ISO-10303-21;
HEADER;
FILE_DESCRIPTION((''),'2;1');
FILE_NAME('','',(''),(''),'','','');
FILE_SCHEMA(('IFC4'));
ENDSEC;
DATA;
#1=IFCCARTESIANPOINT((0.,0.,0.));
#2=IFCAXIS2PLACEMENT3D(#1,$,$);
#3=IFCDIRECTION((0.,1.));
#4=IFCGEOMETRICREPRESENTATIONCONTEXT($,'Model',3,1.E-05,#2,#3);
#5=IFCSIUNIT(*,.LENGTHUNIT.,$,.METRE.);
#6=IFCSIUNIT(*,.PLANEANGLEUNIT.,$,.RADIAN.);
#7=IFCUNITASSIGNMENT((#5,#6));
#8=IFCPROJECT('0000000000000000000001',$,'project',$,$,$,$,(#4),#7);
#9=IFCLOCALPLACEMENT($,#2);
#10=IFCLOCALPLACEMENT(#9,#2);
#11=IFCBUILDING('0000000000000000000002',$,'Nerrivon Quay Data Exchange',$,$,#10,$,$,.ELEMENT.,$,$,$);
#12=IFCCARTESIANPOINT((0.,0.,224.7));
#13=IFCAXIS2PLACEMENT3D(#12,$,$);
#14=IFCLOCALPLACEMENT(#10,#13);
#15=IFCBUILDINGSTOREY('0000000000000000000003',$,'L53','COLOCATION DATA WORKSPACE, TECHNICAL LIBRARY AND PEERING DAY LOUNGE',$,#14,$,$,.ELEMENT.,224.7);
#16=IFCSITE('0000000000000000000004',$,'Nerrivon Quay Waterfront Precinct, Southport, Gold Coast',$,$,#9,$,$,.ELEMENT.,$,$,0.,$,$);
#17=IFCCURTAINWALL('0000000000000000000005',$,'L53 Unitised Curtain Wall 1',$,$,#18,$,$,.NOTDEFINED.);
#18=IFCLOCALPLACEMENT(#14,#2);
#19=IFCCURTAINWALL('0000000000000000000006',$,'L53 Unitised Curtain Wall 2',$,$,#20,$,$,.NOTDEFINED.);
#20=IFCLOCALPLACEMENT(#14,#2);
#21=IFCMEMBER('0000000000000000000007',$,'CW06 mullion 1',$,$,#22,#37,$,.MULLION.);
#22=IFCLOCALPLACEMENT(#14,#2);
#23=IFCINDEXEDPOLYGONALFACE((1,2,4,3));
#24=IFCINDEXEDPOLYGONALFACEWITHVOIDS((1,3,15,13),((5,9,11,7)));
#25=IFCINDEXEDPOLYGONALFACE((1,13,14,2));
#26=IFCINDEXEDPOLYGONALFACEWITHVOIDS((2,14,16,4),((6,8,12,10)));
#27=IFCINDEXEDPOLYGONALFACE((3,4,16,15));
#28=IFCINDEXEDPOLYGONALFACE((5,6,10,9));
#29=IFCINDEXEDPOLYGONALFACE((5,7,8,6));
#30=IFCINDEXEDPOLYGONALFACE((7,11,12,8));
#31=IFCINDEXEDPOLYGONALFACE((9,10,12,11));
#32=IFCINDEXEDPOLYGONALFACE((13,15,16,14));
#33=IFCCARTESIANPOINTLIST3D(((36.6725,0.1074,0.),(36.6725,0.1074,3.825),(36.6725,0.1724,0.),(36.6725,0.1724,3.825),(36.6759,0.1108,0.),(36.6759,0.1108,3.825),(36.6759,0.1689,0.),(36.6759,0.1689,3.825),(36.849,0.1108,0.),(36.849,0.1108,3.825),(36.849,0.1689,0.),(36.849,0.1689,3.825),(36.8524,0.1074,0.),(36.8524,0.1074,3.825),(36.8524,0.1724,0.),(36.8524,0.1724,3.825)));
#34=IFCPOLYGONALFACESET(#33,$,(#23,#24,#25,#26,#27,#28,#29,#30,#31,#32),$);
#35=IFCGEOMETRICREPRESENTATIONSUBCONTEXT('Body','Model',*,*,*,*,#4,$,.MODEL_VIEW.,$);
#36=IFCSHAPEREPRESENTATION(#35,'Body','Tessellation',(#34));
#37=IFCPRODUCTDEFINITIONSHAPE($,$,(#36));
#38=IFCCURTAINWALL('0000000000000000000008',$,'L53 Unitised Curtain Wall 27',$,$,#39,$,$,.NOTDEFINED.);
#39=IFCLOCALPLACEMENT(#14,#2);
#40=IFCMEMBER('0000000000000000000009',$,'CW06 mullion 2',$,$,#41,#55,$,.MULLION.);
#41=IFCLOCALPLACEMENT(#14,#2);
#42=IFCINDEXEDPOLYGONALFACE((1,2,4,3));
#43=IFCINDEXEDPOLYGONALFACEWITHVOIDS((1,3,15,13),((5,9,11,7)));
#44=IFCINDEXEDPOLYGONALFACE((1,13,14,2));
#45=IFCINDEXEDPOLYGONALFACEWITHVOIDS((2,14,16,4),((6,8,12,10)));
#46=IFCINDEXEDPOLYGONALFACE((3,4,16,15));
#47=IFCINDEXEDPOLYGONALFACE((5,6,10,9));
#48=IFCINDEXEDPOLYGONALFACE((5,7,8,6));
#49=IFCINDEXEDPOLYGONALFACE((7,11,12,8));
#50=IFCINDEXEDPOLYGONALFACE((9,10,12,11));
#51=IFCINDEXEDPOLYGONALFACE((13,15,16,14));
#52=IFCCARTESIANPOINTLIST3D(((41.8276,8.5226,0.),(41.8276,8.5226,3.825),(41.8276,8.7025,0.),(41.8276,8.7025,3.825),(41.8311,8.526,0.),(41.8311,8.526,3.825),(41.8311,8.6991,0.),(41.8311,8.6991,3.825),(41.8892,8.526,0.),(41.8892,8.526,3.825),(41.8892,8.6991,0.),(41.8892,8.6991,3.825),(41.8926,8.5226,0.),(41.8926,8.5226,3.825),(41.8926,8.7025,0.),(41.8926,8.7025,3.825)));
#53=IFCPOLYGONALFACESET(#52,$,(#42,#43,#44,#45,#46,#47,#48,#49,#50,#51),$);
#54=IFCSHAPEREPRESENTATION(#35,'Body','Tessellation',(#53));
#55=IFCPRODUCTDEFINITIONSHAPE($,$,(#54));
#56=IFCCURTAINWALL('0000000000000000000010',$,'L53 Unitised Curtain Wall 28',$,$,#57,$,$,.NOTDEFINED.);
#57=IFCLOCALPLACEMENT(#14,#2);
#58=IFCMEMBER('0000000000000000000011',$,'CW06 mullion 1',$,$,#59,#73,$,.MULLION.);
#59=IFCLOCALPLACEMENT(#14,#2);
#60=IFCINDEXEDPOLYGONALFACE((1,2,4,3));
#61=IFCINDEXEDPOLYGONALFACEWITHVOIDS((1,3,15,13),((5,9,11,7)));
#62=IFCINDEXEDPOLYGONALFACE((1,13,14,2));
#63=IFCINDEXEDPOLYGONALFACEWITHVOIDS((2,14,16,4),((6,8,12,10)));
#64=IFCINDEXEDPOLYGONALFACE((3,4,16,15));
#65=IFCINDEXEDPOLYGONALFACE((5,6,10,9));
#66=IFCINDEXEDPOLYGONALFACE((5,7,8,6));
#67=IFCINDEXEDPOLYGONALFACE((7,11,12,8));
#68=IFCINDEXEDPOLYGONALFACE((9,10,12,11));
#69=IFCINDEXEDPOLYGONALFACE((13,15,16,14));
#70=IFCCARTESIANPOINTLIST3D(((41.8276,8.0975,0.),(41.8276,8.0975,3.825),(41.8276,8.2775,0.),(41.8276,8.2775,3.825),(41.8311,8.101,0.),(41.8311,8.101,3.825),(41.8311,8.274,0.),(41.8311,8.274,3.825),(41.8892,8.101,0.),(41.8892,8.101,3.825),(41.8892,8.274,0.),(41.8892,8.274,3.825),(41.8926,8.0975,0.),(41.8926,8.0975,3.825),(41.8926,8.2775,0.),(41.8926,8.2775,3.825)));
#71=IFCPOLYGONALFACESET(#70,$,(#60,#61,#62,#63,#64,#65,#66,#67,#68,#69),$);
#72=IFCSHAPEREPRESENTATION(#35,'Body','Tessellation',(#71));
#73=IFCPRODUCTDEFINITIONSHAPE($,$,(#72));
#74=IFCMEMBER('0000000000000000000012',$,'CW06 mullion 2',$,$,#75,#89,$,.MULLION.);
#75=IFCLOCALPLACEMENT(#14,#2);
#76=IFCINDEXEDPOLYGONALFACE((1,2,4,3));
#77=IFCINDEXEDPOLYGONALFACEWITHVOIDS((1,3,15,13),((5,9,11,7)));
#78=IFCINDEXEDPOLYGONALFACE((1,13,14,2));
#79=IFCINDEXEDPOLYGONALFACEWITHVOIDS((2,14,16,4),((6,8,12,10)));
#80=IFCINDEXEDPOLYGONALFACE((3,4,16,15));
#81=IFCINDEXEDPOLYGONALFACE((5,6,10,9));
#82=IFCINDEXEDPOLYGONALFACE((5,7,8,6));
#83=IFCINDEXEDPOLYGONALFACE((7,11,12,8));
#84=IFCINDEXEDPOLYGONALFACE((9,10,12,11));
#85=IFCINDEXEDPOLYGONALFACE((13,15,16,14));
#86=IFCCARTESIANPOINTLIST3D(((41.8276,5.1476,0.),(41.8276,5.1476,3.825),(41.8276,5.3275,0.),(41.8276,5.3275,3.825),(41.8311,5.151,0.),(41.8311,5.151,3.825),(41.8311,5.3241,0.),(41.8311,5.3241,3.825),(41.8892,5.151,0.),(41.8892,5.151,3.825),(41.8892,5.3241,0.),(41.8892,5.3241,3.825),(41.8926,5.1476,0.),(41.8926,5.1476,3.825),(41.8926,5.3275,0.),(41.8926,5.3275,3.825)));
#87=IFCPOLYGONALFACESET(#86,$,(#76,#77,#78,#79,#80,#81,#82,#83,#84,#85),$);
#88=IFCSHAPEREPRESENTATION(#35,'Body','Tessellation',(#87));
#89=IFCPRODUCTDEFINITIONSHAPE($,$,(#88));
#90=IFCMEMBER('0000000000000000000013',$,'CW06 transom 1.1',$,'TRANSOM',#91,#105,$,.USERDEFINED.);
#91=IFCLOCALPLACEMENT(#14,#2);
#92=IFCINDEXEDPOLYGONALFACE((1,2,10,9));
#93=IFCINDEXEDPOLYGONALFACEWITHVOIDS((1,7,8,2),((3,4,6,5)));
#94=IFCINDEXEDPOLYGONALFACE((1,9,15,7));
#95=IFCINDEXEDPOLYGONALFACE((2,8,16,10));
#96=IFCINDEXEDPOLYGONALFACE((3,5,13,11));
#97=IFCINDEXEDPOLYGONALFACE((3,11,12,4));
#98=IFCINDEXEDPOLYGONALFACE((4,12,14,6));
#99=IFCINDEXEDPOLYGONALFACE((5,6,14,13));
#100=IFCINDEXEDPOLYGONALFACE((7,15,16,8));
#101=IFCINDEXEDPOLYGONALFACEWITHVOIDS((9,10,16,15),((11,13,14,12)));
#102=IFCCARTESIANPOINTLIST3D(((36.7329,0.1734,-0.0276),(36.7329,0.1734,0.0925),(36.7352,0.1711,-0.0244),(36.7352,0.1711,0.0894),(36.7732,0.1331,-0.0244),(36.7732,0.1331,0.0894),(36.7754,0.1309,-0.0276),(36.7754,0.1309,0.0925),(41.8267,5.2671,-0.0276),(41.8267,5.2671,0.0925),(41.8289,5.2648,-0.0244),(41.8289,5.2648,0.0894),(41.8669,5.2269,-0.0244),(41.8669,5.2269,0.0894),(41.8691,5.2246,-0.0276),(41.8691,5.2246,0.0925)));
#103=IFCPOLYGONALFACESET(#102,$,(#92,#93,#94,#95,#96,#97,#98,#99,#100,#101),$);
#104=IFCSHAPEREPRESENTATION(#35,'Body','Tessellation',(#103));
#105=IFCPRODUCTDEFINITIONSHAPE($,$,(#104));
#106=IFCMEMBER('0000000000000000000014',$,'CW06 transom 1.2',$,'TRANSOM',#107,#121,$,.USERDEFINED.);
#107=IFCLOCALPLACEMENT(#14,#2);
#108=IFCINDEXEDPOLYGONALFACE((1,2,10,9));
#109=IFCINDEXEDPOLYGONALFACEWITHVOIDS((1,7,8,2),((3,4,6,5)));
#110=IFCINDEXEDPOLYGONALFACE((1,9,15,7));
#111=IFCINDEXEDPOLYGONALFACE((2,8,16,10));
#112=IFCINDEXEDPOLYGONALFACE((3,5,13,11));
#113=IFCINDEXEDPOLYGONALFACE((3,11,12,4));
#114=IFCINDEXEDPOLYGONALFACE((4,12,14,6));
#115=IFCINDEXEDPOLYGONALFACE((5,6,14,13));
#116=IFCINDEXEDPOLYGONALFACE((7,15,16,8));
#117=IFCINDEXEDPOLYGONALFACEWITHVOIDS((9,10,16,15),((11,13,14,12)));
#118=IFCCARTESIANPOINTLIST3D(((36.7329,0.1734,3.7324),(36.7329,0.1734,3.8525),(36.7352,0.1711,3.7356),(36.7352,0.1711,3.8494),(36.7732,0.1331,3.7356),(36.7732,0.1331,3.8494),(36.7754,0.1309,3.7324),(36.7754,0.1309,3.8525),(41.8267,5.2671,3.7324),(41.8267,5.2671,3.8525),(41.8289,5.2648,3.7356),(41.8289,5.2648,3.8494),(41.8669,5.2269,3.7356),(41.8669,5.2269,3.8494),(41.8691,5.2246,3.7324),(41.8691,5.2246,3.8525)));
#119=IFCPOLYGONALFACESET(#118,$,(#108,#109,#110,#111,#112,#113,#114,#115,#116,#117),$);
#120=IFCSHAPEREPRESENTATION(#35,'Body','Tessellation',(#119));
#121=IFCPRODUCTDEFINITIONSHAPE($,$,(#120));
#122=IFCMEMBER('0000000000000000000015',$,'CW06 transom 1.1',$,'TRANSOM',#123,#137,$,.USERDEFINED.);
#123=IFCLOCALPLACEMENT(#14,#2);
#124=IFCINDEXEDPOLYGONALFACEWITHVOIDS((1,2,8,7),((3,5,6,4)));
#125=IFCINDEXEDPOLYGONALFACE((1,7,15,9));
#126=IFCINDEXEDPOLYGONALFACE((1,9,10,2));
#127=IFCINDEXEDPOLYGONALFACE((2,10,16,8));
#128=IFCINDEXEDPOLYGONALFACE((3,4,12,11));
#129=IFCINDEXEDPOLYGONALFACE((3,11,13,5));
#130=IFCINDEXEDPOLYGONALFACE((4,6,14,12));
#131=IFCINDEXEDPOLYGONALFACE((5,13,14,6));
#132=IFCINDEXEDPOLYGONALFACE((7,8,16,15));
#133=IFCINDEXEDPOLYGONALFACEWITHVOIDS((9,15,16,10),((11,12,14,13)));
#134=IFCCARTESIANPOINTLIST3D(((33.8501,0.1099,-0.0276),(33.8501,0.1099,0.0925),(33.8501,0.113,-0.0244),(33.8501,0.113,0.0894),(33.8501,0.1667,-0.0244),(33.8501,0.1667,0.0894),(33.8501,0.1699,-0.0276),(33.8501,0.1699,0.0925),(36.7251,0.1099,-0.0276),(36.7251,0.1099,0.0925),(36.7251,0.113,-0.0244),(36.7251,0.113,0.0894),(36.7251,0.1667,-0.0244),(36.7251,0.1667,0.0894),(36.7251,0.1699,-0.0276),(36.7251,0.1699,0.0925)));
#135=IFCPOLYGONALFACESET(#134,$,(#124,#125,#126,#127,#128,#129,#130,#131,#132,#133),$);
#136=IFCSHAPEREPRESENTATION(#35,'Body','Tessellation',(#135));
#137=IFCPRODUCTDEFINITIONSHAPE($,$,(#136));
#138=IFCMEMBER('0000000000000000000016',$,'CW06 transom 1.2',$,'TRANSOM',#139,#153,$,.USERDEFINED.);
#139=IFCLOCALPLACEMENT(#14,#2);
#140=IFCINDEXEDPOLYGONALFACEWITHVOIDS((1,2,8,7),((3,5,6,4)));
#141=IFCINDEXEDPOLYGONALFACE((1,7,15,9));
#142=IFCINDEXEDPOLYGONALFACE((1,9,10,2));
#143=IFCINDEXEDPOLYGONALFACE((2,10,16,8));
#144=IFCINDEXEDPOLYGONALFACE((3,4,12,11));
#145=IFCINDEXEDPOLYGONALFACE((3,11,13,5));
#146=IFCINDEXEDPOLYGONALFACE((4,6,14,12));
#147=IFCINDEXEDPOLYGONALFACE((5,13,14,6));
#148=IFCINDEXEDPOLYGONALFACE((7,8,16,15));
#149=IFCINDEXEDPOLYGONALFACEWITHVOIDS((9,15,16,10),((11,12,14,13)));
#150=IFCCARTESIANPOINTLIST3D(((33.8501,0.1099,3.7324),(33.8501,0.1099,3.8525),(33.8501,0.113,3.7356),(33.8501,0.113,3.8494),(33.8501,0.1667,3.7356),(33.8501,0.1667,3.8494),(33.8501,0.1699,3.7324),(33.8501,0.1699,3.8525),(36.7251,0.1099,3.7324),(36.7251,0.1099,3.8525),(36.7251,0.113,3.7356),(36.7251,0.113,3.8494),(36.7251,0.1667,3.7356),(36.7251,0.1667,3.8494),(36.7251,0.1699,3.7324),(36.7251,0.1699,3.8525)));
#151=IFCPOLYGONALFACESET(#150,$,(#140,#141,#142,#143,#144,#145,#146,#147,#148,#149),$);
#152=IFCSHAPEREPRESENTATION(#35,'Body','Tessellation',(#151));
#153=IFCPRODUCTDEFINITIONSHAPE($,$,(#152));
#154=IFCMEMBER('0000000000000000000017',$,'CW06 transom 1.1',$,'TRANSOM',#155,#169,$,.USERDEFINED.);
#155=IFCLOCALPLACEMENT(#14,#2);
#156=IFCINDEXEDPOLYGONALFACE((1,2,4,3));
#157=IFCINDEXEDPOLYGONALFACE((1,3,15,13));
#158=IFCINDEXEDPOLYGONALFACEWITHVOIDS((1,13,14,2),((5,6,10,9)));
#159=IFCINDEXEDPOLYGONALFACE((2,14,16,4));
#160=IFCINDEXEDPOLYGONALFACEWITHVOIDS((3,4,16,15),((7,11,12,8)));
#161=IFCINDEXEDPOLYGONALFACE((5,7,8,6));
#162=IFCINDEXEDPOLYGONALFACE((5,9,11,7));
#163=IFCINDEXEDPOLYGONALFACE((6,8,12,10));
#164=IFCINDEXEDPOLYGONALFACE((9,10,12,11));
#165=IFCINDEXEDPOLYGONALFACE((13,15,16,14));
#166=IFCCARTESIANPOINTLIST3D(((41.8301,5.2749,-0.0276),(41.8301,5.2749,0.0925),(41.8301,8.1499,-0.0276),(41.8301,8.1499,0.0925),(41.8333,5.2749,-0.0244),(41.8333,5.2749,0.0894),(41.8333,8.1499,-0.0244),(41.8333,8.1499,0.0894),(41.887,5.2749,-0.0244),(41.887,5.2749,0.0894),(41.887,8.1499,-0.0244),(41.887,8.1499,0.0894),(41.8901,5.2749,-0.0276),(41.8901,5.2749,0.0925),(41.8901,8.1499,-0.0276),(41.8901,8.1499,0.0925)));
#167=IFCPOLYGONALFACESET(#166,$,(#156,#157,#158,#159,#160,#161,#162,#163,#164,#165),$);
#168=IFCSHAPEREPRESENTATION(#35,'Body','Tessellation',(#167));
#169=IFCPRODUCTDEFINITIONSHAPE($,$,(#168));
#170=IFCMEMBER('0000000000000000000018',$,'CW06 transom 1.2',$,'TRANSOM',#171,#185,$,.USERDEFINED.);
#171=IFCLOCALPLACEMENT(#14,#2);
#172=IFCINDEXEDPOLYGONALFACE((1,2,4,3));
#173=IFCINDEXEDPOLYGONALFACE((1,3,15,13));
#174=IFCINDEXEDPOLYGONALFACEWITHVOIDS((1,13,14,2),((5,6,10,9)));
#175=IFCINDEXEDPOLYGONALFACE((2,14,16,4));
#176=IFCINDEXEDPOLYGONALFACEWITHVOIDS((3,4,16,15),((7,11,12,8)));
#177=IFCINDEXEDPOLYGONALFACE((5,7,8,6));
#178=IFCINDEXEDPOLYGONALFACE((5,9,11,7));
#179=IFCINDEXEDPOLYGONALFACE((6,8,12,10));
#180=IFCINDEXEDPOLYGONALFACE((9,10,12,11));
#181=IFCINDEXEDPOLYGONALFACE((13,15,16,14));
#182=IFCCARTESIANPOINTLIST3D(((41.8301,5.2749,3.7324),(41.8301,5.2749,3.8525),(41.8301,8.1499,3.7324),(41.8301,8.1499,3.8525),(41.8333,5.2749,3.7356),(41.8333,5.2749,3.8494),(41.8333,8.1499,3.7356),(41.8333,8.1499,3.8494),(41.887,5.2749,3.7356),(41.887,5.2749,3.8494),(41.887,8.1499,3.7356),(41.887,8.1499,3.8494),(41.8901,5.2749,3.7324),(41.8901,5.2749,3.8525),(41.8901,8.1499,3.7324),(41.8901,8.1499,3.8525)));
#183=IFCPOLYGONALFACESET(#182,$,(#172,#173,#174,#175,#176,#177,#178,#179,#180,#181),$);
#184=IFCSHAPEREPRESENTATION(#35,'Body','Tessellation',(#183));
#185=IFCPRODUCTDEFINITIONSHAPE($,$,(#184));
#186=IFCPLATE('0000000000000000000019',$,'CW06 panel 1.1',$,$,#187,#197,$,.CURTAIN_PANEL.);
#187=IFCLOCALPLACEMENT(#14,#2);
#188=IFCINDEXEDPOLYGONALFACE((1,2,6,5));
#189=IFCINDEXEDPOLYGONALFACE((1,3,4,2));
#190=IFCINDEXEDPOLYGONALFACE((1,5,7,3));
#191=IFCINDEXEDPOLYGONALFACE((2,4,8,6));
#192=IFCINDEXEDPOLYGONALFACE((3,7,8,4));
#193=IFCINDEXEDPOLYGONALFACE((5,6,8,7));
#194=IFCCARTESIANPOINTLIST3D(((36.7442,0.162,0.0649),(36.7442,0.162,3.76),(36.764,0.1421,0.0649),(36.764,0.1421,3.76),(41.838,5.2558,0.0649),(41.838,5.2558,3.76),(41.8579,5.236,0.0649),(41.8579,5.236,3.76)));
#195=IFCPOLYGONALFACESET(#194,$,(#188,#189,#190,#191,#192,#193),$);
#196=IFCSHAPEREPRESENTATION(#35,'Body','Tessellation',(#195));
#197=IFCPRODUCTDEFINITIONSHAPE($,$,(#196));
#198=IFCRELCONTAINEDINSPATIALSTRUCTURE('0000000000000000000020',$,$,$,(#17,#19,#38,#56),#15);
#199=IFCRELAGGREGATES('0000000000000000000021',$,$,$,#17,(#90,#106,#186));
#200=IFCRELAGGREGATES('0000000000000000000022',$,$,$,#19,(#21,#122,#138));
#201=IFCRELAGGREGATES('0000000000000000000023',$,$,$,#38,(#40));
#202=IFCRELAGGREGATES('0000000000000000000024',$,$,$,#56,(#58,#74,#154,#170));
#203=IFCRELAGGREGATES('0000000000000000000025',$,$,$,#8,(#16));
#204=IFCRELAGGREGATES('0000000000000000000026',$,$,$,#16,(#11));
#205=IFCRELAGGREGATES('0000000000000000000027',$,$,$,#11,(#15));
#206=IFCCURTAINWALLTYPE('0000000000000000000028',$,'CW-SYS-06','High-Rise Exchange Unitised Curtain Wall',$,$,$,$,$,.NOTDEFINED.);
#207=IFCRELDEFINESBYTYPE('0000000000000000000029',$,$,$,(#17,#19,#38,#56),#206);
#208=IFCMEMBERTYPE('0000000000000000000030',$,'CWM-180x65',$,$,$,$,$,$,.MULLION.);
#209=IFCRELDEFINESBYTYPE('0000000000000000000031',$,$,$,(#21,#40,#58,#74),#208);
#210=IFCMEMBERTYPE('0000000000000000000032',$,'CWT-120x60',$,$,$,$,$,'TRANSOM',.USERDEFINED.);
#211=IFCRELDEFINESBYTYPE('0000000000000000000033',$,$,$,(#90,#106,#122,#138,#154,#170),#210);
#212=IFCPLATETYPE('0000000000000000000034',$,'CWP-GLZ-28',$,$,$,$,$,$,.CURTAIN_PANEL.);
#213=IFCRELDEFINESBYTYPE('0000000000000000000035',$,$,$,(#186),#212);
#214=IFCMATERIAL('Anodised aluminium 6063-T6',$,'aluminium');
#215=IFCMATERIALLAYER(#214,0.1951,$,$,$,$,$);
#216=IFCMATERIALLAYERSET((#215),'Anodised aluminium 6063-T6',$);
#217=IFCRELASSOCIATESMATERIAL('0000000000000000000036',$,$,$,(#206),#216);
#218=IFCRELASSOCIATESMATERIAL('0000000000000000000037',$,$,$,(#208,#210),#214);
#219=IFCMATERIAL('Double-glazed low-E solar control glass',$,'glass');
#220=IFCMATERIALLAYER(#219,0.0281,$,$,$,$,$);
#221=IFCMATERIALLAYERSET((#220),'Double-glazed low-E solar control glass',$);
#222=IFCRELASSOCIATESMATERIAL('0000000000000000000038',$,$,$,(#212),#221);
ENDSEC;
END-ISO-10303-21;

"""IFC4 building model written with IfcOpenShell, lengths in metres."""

from ifc_helpers import new_model, si_unit, direction, frame, origin, origin_2d, place, context, subcontext, project, spatial, rectangle, hollow_rectangle, extrude, material, layer, layer_set, material_profile, profile_set, type_object, element, aggregate, save


model = new_model("IFC4")

# Units and contexts
model_context = context("Model", 3, precision=1e-05, world=origin(), true_north=direction((0.0, 1.0)))
body_context = subcontext(model_context, "Body", "Model", "MODEL_VIEW")
ifc_project = project(units=[si_unit("LENGTHUNIT", "METRE"), si_unit("PLANEANGLEUNIT", "RADIAN")], contexts=[model_context])

# Site, building, storey
site_placement = place(None, origin())
site = spatial("IfcSite", under=ifc_project, at=site_placement, Name="Nerrivon Quay Waterfront Precinct, Southport, Gold Coast", CompositionType="ELEMENT", RefElevation=0.0)
building_placement = place(site_placement, origin())
building = spatial("IfcBuilding", under=site, at=building_placement, Name="Nerrivon Quay Data Exchange", CompositionType="ELEMENT")
storey_placement = place(building_placement, frame((0.0, 0.0, 224.7)))
storey = spatial("IfcBuildingStorey", under=building, at=storey_placement, Name="L53", Description="COLOCATION DATA WORKSPACE, TECHNICAL LIBRARY AND PEERING DAY LOUNGE", CompositionType="ELEMENT", Elevation=224.7)

# Curtain wall
ifc_material_1 = material(Name="Anodised aluminium 6063-T6", Category="aluminium")
ifc_layer_1 = layer(ifc_material_1, 0.1951)
ifc_layer_set_1 = layer_set([ifc_layer_1], Name="Anodised aluminium 6063-T6")
curtain_wall_type = type_object("IfcCurtainWallType", Name="CW-SYS-06", Description="High-Rise Exchange Unitised Curtain Wall", PredefinedType="NOTDEFINED", material=ifc_layer_set_1)
curtain_wall_1_placement = place(storey_placement, origin())
curtain_wall_1 = element("IfcCurtainWall", 1, at=curtain_wall_1_placement, inside=storey, type_object=curtain_wall_type, Name="L53 Unitised Curtain Wall 1", PredefinedType="NOTDEFINED")
ifc_material_profile_1 = material_profile(ifc_material_1, hollow_rectangle(XDim=0.0649, YDim=0.1799, WallThickness=0.0034, at=origin_2d()), Name="ALU-MULL-180x65")
ifc_profile_set_1 = profile_set([ifc_material_profile_1], Name="Anodised aluminium 6063-T6")
member_type_1 = type_object("IfcMemberType", Name="CWM-180x65", PredefinedType="MULLION", material=ifc_profile_set_1)

# Curtain walls, members
curtain_wall_2_placement = place(storey_placement, origin())
curtain_wall_2 = element("IfcCurtainWall", 2, at=curtain_wall_2_placement, inside=storey, type_object=curtain_wall_type, Name="L53 Unitised Curtain Wall 2", PredefinedType="NOTDEFINED")
member_1_placement = place(storey_placement, frame((36.7625, 0.1399, 0.0), z_axis=(0.0, 0.0, 1.0), x_axis=(0.0, -1.0, 0.0)))
member_1 = element("IfcMember", 3, at=member_1_placement, type_object=member_type_1, Name="CW06 mullion 1", PredefinedType="MULLION", context=body_context, shape_type="SweptSolid", body=[
    extrude(hollow_rectangle(XDim=0.0649, YDim=0.1799, WallThickness=0.0034, at=origin_2d()), origin(), (0.0, 0.0, 1.0), 3.825),
])
curtain_wall_3_placement = place(storey_placement, origin())
curtain_wall_3 = element("IfcCurtainWall", 4, at=curtain_wall_3_placement, inside=storey, type_object=curtain_wall_type, Name="L53 Unitised Curtain Wall 27", PredefinedType="NOTDEFINED")
member_2_placement = place(storey_placement, frame((41.8601, 8.6125, 0.0), z_axis=(0.0, 0.0, 1.0), x_axis=(1.0, 0.0, 0.0)))
member_2 = element("IfcMember", 5, at=member_2_placement, type_object=member_type_1, Name="CW06 mullion 2", PredefinedType="MULLION", context=body_context, shape_type="SweptSolid", body=[
    extrude(hollow_rectangle(XDim=0.0649, YDim=0.1799, WallThickness=0.0034, at=origin_2d()), origin(), (0.0, 0.0, 1.0), 3.825),
])

# Curtain wall, members
curtain_wall_4_placement = place(storey_placement, origin())
curtain_wall_4 = element("IfcCurtainWall", 6, at=curtain_wall_4_placement, inside=storey, type_object=curtain_wall_type, Name="L53 Unitised Curtain Wall 28", PredefinedType="NOTDEFINED")
member_3_placement = place(storey_placement, frame((41.8601, 8.1875, 0.0), z_axis=(0.0, 0.0, 1.0), x_axis=(1.0, 0.0, 0.0)))
member_3 = element("IfcMember", 7, at=member_3_placement, type_object=member_type_1, Name="CW06 mullion 1", PredefinedType="MULLION", context=body_context, shape_type="SweptSolid", body=[
    extrude(hollow_rectangle(XDim=0.0649, YDim=0.1799, WallThickness=0.0034, at=origin_2d()), origin(), (0.0, 0.0, 1.0), 3.825),
])
member_4_placement = place(storey_placement, frame((41.8601, 5.2375, 0.0), z_axis=(0.0, 0.0, 1.0), x_axis=(1.0, 0.0, 0.0)))
member_4 = element("IfcMember", 8, at=member_4_placement, type_object=member_type_1, Name="CW06 mullion 2", PredefinedType="MULLION", context=body_context, shape_type="SweptSolid", body=[
    extrude(hollow_rectangle(XDim=0.0649, YDim=0.1799, WallThickness=0.0034, at=origin_2d()), origin(), (0.0, 0.0, 1.0), 3.825),
])

# Members
ifc_material_profile_2 = material_profile(ifc_material_1, hollow_rectangle(XDim=0.0601, YDim=0.1201, WallThickness=0.0032, at=origin_2d()), Name="ALU-TRAN-120x60")
ifc_profile_set_2 = profile_set([ifc_material_profile_2], Name="Anodised aluminium 6063-T6")
member_type_2 = type_object("IfcMemberType", Name="CWT-120x60", ElementType="TRANSOM", PredefinedType="USERDEFINED", material=ifc_profile_set_2)
member_5_placement = place(storey_placement, frame((41.8479, 5.2458, 0.0325), z_axis=(-0.707107, -0.707107, 0.0), x_axis=(0.707107, -0.707107, 0.0)))
member_5 = element("IfcMember", 9, at=member_5_placement, type_object=member_type_2, Name="CW06 transom 1.1", ObjectType="TRANSOM", PredefinedType="USERDEFINED", context=body_context, shape_type="SweptSolid", body=[
    extrude(hollow_rectangle(XDim=0.0601, YDim=0.1201, WallThickness=0.0032, at=origin_2d()), origin(), (0.0, 0.0, 1.0), 7.2036),
])
member_6_placement = place(storey_placement, frame((41.8479, 5.2458, 3.7925), z_axis=(-0.707107, -0.707107, 0.0), x_axis=(0.707107, -0.707107, 0.0)))
member_6 = element("IfcMember", 10, at=member_6_placement, type_object=member_type_2, Name="CW06 transom 1.2", ObjectType="TRANSOM", PredefinedType="USERDEFINED", context=body_context, shape_type="SweptSolid", body=[
    extrude(hollow_rectangle(XDim=0.0601, YDim=0.1201, WallThickness=0.0032, at=origin_2d()), origin(), (0.0, 0.0, 1.0), 7.2036),
])
member_7_placement = place(storey_placement, frame((36.7251, 0.1399, 0.0325), z_axis=(-1.0, 0.0, 0.0), x_axis=(0.0, -1.0, 0.0)))
member_7 = element("IfcMember", 11, at=member_7_placement, type_object=member_type_2, Name="CW06 transom 1.1", ObjectType="TRANSOM", PredefinedType="USERDEFINED", context=body_context, shape_type="SweptSolid", body=[
    extrude(hollow_rectangle(XDim=0.0601, YDim=0.1201, WallThickness=0.0032, at=origin_2d()), origin(), (0.0, 0.0, 1.0), 2.875),
])
member_8_placement = place(storey_placement, frame((36.7251, 0.1399, 3.7925), z_axis=(-1.0, 0.0, 0.0), x_axis=(0.0, -1.0, 0.0)))
member_8 = element("IfcMember", 12, at=member_8_placement, type_object=member_type_2, Name="CW06 transom 1.2", ObjectType="TRANSOM", PredefinedType="USERDEFINED", context=body_context, shape_type="SweptSolid", body=[
    extrude(hollow_rectangle(XDim=0.0601, YDim=0.1201, WallThickness=0.0032, at=origin_2d()), origin(), (0.0, 0.0, 1.0), 2.875),
])
member_9_placement = place(storey_placement, frame((41.8601, 8.1499, 0.0325), z_axis=(0.0, -1.0, 0.0), x_axis=(1.0, 0.0, 0.0)))
member_9 = element("IfcMember", 13, at=member_9_placement, type_object=member_type_2, Name="CW06 transom 1.1", ObjectType="TRANSOM", PredefinedType="USERDEFINED", context=body_context, shape_type="SweptSolid", body=[
    extrude(hollow_rectangle(XDim=0.0601, YDim=0.1201, WallThickness=0.0032, at=origin_2d()), origin(), (0.0, 0.0, 1.0), 2.875),
])
member_10_placement = place(storey_placement, frame((41.8601, 8.1499, 3.7925), z_axis=(0.0, -1.0, 0.0), x_axis=(1.0, 0.0, 0.0)))
member_10 = element("IfcMember", 14, at=member_10_placement, type_object=member_type_2, Name="CW06 transom 1.2", ObjectType="TRANSOM", PredefinedType="USERDEFINED", context=body_context, shape_type="SweptSolid", body=[
    extrude(hollow_rectangle(XDim=0.0601, YDim=0.1201, WallThickness=0.0032, at=origin_2d()), origin(), (0.0, 0.0, 1.0), 2.875),
])

# Plate
ifc_material_2 = material(Name="Double-glazed low-E solar control glass", Category="glass")
ifc_layer_2 = layer(ifc_material_2, 0.0281)
ifc_layer_set_2 = layer_set([ifc_layer_2], Name="Double-glazed low-E solar control glass")
plate_type = type_object("IfcPlateType", Name="CWP-GLZ-28", PredefinedType="CURTAIN_PANEL", material=ifc_layer_set_2)
plate_1_placement = place(storey_placement, frame((39.301, 2.699, 0.0649), z_axis=(0.0, 0.0, 1.0), x_axis=(-0.707107, -0.707107, 0.0)))
plate_1 = element("IfcPlate", 15, at=plate_1_placement, type_object=plate_type, Name="CW06 panel 1.1", PredefinedType="CURTAIN_PANEL", context=body_context, shape_type="SweptSolid", body=[
    extrude(rectangle(XDim=7.2039, YDim=0.0281, at=origin_2d()), origin(), (0.0, 0.0, 1.0), 3.6951),
])
aggregate(curtain_wall_1, [member_5, member_6, plate_1])
aggregate(curtain_wall_2, [member_1, member_7, member_8])
aggregate(curtain_wall_3, [member_2])
aggregate(curtain_wall_4, [member_3, member_4, member_9, member_10])

save(model, "model.ifc")
